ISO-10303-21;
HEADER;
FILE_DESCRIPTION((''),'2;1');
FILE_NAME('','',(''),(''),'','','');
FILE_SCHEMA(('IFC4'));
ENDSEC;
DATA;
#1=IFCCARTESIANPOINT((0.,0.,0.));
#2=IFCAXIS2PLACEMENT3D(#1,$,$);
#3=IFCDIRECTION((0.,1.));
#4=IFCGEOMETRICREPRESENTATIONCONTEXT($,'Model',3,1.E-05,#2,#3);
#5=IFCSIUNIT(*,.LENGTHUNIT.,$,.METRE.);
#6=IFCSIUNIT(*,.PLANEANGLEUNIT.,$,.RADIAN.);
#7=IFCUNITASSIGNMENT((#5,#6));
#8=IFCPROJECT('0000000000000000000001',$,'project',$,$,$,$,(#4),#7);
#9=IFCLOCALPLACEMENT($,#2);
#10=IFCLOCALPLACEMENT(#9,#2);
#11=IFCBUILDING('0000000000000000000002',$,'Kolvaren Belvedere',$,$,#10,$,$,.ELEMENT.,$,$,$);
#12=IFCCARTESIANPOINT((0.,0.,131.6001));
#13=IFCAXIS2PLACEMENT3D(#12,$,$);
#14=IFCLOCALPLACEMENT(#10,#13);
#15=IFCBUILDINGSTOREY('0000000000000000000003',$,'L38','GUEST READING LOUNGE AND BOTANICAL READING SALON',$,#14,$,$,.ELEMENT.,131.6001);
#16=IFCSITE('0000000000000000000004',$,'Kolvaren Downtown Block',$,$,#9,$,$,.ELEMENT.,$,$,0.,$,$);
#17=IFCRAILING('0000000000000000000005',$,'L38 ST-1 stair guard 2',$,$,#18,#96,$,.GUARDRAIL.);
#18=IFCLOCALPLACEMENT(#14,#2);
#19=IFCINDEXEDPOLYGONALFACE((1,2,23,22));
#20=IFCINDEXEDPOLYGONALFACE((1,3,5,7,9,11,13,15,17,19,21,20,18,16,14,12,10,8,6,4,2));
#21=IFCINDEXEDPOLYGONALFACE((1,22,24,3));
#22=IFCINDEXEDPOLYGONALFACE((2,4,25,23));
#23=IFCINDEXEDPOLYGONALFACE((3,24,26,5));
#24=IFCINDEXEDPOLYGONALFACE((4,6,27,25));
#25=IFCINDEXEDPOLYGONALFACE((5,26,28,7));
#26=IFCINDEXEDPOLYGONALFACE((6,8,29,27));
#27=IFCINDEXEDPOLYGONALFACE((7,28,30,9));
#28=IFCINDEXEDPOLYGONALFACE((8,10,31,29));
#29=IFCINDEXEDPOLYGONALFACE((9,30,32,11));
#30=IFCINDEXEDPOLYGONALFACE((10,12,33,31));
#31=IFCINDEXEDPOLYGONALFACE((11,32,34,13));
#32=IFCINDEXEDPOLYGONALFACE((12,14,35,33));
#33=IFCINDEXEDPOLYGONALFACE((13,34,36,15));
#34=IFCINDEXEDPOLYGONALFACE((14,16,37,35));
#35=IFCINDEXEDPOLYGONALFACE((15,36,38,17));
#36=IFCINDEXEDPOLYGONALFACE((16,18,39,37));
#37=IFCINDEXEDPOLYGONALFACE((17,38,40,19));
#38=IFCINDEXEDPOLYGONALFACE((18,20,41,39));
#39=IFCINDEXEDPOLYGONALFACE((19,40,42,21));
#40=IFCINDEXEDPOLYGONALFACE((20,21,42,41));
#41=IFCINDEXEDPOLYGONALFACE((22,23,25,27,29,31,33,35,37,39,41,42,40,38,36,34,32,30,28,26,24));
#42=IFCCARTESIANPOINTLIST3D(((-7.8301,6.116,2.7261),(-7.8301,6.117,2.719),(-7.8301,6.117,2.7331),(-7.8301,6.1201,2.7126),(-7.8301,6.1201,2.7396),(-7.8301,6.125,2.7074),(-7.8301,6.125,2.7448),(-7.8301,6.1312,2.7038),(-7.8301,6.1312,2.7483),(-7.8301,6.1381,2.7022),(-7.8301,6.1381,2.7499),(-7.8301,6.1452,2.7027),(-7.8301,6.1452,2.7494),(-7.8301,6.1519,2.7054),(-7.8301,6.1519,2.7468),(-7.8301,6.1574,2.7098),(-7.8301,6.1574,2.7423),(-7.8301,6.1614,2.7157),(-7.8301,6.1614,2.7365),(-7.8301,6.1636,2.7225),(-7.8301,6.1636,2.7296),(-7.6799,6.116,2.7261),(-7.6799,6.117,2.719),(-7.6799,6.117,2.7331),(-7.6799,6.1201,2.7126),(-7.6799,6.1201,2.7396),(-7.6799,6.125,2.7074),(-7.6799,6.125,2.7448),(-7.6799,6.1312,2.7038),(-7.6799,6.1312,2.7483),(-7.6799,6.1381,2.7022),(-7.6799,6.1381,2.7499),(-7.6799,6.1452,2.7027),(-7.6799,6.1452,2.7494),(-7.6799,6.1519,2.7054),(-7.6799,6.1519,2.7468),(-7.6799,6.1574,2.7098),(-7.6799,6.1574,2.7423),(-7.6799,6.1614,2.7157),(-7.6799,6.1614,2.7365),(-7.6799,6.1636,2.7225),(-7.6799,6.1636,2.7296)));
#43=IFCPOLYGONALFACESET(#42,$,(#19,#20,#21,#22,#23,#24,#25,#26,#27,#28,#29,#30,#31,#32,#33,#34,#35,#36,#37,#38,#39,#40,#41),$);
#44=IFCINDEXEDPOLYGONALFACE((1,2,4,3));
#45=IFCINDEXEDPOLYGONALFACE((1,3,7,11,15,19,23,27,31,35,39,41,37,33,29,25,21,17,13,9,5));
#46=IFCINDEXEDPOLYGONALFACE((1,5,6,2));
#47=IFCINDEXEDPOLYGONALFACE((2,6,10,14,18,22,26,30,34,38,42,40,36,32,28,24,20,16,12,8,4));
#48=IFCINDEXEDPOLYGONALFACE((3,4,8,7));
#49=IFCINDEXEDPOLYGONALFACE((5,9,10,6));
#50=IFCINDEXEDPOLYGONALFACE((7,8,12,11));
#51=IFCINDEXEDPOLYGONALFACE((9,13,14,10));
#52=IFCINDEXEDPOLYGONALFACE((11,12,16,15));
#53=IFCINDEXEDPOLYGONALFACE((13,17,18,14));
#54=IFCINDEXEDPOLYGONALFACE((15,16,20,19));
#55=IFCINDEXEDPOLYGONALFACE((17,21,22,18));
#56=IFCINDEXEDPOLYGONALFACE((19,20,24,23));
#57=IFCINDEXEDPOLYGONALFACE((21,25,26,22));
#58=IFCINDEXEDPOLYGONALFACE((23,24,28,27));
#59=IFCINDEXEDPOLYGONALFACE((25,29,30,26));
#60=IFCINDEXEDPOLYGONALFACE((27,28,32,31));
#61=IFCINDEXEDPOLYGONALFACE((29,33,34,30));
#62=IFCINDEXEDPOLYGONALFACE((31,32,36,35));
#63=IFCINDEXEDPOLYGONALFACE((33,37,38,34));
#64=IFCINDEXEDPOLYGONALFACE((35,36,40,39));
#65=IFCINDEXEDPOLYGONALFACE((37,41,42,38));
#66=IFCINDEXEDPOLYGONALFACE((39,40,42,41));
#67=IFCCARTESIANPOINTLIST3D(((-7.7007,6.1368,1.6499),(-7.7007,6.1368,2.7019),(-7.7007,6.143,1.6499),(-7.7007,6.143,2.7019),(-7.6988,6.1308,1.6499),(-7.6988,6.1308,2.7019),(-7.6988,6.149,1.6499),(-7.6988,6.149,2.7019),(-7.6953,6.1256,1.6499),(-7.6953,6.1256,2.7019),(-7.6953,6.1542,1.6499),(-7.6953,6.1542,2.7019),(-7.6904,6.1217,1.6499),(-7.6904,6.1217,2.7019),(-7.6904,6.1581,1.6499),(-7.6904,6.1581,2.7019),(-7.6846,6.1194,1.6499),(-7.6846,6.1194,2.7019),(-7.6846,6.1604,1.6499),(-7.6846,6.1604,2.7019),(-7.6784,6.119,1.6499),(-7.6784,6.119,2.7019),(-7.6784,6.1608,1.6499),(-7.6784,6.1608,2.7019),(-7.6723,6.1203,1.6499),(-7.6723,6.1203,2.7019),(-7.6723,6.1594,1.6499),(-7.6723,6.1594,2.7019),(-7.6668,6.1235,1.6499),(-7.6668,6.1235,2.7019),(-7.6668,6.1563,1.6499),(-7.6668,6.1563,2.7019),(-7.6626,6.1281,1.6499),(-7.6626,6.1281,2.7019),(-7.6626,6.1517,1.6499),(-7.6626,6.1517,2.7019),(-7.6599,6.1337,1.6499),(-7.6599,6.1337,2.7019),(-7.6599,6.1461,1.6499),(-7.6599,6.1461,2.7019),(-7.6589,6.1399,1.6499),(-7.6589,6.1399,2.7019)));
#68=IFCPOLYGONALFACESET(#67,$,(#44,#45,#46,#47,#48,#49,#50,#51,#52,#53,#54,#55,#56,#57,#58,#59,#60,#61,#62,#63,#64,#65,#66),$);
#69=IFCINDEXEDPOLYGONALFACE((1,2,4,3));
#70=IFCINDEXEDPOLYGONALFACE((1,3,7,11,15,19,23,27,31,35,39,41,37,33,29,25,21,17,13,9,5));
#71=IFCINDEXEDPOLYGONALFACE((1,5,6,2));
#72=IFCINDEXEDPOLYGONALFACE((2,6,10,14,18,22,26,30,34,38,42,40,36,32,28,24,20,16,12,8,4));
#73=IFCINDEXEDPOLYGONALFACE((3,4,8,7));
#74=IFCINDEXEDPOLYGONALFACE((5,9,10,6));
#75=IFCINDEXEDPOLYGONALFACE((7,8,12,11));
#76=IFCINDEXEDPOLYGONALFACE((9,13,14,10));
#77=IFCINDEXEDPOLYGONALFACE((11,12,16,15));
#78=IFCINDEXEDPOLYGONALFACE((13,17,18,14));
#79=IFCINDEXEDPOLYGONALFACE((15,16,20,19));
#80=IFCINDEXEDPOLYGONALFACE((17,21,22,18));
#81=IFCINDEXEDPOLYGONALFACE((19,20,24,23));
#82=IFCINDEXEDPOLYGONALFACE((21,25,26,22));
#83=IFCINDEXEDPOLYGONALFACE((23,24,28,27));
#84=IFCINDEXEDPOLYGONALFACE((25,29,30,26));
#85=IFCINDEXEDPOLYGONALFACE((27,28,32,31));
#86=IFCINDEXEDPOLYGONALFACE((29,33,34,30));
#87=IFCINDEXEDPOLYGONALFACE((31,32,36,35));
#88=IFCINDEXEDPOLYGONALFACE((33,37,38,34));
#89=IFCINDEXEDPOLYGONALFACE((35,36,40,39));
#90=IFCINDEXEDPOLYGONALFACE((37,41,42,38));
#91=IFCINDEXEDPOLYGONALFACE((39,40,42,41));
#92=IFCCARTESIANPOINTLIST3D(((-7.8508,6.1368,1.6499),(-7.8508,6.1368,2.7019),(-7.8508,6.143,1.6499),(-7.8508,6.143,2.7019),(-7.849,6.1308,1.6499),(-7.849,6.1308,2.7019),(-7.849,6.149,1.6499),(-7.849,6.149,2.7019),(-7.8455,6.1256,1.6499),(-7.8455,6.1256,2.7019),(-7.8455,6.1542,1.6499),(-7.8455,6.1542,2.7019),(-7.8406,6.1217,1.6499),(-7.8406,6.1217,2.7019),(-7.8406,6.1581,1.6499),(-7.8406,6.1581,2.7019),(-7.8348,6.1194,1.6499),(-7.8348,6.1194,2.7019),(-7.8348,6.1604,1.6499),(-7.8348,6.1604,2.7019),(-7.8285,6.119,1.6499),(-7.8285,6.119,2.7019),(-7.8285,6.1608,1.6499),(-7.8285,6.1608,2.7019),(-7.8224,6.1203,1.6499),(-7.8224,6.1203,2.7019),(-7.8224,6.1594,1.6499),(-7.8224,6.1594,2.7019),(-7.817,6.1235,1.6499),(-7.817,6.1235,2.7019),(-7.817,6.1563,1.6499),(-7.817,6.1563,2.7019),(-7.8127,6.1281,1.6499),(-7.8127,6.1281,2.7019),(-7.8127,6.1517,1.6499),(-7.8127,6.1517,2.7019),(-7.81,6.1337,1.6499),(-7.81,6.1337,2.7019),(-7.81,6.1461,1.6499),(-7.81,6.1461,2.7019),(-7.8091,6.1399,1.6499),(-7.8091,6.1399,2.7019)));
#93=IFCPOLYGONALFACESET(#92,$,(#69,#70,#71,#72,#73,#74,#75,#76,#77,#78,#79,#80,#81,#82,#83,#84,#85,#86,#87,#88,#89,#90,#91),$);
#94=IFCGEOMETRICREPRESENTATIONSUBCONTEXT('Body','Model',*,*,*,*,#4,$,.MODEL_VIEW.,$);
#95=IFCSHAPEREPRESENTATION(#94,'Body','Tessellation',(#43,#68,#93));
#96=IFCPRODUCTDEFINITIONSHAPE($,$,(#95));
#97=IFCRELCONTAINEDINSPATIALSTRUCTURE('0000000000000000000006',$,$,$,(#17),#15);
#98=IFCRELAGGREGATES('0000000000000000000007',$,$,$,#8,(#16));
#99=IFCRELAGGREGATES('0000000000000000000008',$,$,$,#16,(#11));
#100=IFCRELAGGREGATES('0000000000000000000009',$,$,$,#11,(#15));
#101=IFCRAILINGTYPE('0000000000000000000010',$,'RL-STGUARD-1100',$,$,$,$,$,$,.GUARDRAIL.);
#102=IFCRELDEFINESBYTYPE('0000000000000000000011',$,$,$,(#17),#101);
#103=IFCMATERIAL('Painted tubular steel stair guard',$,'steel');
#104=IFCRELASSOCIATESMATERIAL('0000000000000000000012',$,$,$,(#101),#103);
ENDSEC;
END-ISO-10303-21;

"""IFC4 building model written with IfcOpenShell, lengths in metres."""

from ifc_helpers import new_model, si_unit, direction, frame, origin, origin_2d, place, context, subcontext, project, spatial, circle, extrude, material, type_object, element, save


model = new_model("IFC4")

# Units and contexts
model_context = context("Model", 3, precision=1e-05, world=origin(), true_north=direction((0.0, 1.0)))
body_context = subcontext(model_context, "Body", "Model", "MODEL_VIEW")
ifc_project = project(units=[si_unit("LENGTHUNIT", "METRE"), si_unit("PLANEANGLEUNIT", "RADIAN")], contexts=[model_context])

# Site, building, storey
site_placement = place(None, origin())
site = spatial("IfcSite", under=ifc_project, at=site_placement, Name="Kolvaren Downtown Block", CompositionType="ELEMENT", RefElevation=0.0)
building_placement = place(site_placement, origin())
building = spatial("IfcBuilding", under=site, at=building_placement, Name="Kolvaren Belvedere", CompositionType="ELEMENT")
storey_placement = place(building_placement, frame((0.0, 0.0, 131.6001)))
storey = spatial("IfcBuildingStorey", under=building, at=storey_placement, Name="L38", Description="GUEST READING LOUNGE AND BOTANICAL READING SALON", CompositionType="ELEMENT", Elevation=131.6001)

# Railing
ifc_material_1 = material(Name="Painted tubular steel stair guard", Category="steel")
railing_type_1 = type_object("IfcRailingType", Name="RL-STGUARD-1100", PredefinedType="GUARDRAIL", material=ifc_material_1)
railing_1_placement = place(storey_placement, frame((-7.6799, 6.1399, 1.6499)))
element("IfcRailing", 1, at=railing_1_placement, inside=storey, type_object=railing_type_1, Name="L38 ST-1 stair guard 2", PredefinedType="GUARDRAIL", context=body_context, shape_type="SweptSolid", body=[
    extrude(circle(Radius=0.0239, at=origin_2d()), frame((0.0, 0.0, 1.0762), z_axis=(-1.0, 0.0, 0.0), x_axis=(0.0, -1.0, 0.0)), (0.0, 0.0, 1.0), 0.1501),
    extrude(circle(Radius=0.021, at=origin_2d()), origin(), (0.0, 0.0, 1.0), 1.052),
    extrude(circle(Radius=0.021, at=origin_2d()), frame((-0.1501, 0.0, 0.0)), (0.0, 0.0, 1.0), 1.052),
])

save(model, "model.ifc")
